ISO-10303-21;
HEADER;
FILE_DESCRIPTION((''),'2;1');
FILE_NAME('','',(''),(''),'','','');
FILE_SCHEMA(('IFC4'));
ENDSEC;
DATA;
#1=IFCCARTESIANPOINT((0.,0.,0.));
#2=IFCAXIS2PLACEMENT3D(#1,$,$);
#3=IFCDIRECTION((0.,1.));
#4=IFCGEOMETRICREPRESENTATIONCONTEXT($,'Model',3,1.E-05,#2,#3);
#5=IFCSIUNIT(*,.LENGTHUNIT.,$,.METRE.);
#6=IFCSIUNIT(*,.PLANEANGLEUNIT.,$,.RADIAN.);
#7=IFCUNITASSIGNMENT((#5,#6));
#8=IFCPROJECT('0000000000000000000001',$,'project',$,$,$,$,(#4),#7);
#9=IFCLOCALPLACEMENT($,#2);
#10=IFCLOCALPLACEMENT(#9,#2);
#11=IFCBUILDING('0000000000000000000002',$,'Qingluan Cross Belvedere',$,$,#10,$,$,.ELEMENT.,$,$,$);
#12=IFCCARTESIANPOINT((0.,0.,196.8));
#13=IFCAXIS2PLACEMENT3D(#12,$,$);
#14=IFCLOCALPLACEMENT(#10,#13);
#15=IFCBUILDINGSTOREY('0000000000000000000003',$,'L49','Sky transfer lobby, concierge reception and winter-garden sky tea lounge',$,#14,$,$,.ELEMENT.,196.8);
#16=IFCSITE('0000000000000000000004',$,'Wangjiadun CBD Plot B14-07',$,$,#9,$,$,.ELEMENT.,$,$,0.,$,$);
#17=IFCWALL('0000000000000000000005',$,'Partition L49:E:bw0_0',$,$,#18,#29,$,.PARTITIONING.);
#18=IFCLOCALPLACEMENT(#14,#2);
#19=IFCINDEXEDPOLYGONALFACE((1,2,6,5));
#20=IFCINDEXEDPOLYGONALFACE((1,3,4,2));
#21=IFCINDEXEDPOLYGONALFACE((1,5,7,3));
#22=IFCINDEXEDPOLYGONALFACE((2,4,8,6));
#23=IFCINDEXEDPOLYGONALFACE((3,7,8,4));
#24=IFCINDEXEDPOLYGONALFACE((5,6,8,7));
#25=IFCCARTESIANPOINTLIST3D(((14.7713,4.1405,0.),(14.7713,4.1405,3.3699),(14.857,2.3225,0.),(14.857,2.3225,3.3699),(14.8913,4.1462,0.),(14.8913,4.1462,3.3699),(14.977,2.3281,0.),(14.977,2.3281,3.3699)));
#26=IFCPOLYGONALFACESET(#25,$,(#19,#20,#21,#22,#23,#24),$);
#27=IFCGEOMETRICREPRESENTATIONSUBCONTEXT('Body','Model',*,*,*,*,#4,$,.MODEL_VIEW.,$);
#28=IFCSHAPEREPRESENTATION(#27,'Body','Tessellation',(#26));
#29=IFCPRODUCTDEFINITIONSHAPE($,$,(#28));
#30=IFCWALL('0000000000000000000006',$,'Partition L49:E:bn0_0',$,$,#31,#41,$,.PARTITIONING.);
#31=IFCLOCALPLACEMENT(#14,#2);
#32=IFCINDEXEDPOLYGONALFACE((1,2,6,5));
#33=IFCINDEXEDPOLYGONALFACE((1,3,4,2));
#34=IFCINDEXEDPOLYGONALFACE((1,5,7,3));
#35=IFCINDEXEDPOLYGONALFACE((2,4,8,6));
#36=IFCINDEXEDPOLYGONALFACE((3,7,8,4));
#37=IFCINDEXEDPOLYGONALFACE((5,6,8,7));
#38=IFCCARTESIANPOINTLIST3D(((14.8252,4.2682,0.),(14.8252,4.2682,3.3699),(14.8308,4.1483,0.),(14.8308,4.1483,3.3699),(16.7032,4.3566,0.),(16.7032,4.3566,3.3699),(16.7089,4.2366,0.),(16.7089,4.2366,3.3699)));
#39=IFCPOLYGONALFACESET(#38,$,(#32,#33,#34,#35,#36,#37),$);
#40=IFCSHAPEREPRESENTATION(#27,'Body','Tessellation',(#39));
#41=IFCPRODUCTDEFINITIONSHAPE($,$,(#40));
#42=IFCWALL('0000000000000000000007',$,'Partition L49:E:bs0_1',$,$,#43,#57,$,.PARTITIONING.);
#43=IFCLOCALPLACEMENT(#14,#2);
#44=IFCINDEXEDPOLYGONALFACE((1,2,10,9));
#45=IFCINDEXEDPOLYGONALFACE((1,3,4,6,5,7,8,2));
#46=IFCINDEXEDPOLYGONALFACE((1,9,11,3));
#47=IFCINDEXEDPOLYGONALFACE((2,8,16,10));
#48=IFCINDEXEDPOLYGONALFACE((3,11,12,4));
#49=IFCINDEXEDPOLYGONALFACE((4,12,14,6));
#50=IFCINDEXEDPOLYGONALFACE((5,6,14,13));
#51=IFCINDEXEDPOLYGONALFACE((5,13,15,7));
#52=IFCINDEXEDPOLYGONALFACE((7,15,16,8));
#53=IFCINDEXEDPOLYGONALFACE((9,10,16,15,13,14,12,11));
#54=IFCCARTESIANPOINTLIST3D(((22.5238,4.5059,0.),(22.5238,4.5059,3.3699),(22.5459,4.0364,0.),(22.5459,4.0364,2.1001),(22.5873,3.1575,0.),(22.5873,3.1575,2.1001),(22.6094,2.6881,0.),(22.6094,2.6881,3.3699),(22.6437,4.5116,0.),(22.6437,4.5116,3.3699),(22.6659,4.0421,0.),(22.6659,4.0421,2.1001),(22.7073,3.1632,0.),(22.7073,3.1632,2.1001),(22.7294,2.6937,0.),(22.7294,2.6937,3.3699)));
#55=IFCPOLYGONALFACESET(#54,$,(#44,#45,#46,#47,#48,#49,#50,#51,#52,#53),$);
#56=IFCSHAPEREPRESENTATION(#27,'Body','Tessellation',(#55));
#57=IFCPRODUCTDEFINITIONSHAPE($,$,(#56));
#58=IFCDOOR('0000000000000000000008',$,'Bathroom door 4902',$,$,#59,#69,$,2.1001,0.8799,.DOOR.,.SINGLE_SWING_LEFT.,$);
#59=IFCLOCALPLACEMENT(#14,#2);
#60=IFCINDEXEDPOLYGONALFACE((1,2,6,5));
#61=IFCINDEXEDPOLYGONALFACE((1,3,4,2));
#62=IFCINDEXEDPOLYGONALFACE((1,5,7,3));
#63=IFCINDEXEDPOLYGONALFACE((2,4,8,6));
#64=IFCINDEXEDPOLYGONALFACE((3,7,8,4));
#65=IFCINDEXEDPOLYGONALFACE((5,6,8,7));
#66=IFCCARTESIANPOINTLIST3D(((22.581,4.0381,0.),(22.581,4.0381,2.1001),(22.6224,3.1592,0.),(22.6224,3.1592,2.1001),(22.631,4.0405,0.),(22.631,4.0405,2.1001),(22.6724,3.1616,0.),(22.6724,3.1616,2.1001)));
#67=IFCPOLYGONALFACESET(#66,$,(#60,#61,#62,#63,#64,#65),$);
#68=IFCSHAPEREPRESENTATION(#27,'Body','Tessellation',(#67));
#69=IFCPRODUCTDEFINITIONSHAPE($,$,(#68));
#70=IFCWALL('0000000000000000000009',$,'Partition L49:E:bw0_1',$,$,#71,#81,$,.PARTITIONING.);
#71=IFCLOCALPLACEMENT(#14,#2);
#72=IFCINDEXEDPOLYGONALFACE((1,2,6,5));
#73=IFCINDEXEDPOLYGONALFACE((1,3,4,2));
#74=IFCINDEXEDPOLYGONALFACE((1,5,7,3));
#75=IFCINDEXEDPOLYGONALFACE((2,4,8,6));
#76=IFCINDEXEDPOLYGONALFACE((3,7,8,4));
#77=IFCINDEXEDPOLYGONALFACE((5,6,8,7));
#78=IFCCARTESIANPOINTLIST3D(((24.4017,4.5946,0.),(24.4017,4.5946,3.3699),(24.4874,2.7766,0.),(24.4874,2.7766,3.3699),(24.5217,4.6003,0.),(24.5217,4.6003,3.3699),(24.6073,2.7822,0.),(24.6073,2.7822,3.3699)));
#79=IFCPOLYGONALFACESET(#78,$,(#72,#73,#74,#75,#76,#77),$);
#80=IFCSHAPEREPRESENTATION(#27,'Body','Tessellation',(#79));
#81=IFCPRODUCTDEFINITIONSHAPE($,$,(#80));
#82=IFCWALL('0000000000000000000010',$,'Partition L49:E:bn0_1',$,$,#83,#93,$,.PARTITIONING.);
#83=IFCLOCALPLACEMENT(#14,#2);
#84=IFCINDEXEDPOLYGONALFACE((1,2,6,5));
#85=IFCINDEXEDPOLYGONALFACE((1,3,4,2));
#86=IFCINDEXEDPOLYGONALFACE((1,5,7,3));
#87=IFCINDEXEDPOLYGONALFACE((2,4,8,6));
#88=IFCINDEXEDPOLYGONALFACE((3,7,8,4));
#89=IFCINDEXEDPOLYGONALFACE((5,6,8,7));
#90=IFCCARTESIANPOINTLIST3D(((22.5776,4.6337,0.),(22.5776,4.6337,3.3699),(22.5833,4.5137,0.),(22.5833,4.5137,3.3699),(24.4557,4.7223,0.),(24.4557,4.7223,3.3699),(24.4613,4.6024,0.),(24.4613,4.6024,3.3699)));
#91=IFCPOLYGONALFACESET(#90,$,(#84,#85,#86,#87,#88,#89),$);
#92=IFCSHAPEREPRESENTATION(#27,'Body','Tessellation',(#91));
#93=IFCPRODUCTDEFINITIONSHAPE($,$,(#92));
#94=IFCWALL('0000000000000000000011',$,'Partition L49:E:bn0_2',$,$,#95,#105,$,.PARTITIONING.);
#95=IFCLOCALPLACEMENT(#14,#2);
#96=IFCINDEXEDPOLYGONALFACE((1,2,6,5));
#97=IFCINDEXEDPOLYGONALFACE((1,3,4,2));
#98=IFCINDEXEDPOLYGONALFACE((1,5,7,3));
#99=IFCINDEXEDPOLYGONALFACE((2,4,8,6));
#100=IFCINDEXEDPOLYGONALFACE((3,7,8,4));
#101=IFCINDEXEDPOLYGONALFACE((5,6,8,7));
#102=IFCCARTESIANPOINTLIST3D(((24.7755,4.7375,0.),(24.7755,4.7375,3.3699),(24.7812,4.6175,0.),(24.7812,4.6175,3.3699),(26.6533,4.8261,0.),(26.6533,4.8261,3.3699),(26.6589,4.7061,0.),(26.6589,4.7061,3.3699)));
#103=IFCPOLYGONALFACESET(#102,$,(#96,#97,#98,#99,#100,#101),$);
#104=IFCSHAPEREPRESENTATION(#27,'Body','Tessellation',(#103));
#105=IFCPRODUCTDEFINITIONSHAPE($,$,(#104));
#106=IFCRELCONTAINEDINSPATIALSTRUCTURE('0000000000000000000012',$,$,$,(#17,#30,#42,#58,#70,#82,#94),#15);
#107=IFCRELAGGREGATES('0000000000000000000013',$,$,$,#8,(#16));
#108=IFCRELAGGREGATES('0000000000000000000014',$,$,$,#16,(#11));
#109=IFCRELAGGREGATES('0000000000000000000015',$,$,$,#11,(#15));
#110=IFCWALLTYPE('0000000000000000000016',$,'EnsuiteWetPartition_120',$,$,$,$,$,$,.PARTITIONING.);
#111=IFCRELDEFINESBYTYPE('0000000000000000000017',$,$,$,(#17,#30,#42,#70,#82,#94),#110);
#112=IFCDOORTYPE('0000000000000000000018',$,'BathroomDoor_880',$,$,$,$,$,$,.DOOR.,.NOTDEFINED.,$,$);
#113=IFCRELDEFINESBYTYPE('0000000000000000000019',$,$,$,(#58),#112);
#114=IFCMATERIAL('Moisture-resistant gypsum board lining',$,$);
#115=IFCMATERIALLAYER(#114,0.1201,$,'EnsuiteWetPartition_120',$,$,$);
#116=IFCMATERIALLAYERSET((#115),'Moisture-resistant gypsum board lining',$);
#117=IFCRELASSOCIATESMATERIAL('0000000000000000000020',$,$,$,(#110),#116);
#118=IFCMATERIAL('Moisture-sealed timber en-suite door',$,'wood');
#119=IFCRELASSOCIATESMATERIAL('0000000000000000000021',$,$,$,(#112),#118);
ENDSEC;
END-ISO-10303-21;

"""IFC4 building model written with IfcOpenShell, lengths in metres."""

from ifc_helpers import new_model, si_unit, direction, frame, frame_2d, origin, place, context, subcontext, project, spatial, rectangle, extrude, material, layer, layer_set, type_object, element, fill, save


model = new_model("IFC4")

# Units and contexts
model_context = context("Model", 3, precision=1e-05, world=origin(), true_north=direction((0.0, 1.0)))
body_context = subcontext(model_context, "Body", "Model", "MODEL_VIEW")
ifc_project = project(units=[si_unit("LENGTHUNIT", "METRE"), si_unit("PLANEANGLEUNIT", "RADIAN")], contexts=[model_context])

# Site, building, storey
site_placement = place(None, origin())
site = spatial("IfcSite", under=ifc_project, at=site_placement, Name="Wangjiadun CBD Plot B14-07", CompositionType="ELEMENT", RefElevation=0.0)
building_placement = place(site_placement, origin())
building = spatial("IfcBuilding", under=site, at=building_placement, Name="Qingluan Cross Belvedere", CompositionType="ELEMENT")
storey_placement = place(building_placement, frame((0.0, 0.0, 196.8)))
storey = spatial("IfcBuildingStorey", under=building, at=storey_placement, Name="L49", Description="Sky transfer lobby, concierge reception and winter-garden sky tea lounge", CompositionType="ELEMENT", Elevation=196.8)

# Shared definitions
ifc_material_1 = material(Name="Moisture-resistant gypsum board lining")
ifc_layer_1 = layer(ifc_material_1, 0.1201, Name="EnsuiteWetPartition_120")
ifc_layer_set_1 = layer_set([ifc_layer_1], Name="Moisture-resistant gypsum board lining")
wall_type_1 = type_object("IfcWallType", Name="EnsuiteWetPartition_120", PredefinedType="PARTITIONING", material=ifc_layer_set_1)
ifc_material_2 = material(Name="Moisture-sealed timber en-suite door", Category="wood")
door_type_1 = type_object("IfcDoorType", Name="BathroomDoor_880", OperationType="NOTDEFINED", PredefinedType="DOOR", material=ifc_material_2)

# Walls
wall_1_placement = place(storey_placement, frame((14.917, 2.3252, 0.0), z_axis=(0.0, 0.0, 1.0), x_axis=(-0.047081, 0.998891, 0.0)))
element("IfcWall", 1, at=wall_1_placement, inside=storey, type_object=wall_type_1, Name="Partition L49:E:bw0_0", PredefinedType="PARTITIONING", context=body_context, shape_type="SweptSolid", body=[
    extrude(rectangle(XDim=1.8201, YDim=0.1201, at=frame_2d((0.9102, 0.0))), origin(), (0.0, 0.0, 1.0), 3.3699),
])
wall_2_placement = place(storey_placement, frame((14.8281, 4.2083, 0.0), z_axis=(0.0, 0.0, 1.0), x_axis=(0.998894, 0.04701, 0.0)))
element("IfcWall", 2, at=wall_2_placement, inside=storey, type_object=wall_type_1, Name="Partition L49:E:bn0_0", PredefinedType="PARTITIONING", context=body_context, shape_type="SweptSolid", body=[
    extrude(rectangle(XDim=1.8801, YDim=0.1201, at=frame_2d((0.9399, 0.0))), origin(), (0.0, 0.0, 1.0), 3.3699),
])

# Wall, opening, door
wall_3_placement = place(storey_placement, frame((22.6694, 2.6909, 0.0), z_axis=(0.0, 0.0, 1.0), x_axis=(-0.047087, 0.998891, 0.0)))
wall_3 = element("IfcWall", 3, at=wall_3_placement, inside=storey, type_object=wall_type_1, Name="Partition L49:E:bs0_1", PredefinedType="PARTITIONING", context=body_context, shape_type="SweptSolid", body=[
    extrude(rectangle(XDim=1.8198, YDim=0.1201, at=frame_2d((0.9099, 0.0))), origin(), (0.0, 0.0, 1.0), 3.3699),
])
opening_1_placement = place(wall_3_placement, frame((0.47, 0.0, 0.0)))
opening_1 = element("IfcOpeningElement", 4, at=opening_1_placement, cuts=wall_3, PredefinedType="OPENING", context=body_context, shape_type="SweptSolid", body=[
    extrude(rectangle(XDim=0.8799, YDim=2.1001, at=frame_2d((0.4399, 1.05))), frame((0.0, 0.0701, 0.0), z_axis=(0.0, -1.0, 0.0), x_axis=(1.0, 0.0, 0.0)), (0.0, 0.0, 1.0), 0.1401),
])
door_1_placement = place(opening_1_placement, origin())
door_1 = element("IfcDoor", 5, at=door_1_placement, inside=storey, type_object=door_type_1, Name="Bathroom door 4902", OperationType="SINGLE_SWING_LEFT", OverallHeight=2.1001, OverallWidth=0.8799, PredefinedType="DOOR", context=body_context, shape_type="SweptSolid", body=[
    extrude(rectangle(XDim=0.8799, YDim=2.1001, at=frame_2d((0.4399, 1.05))), frame((0.0, 0.0249, 0.0), z_axis=(0.0, -1.0, 0.0), x_axis=(1.0, 0.0, 0.0)), (0.0, 0.0, 1.0), 0.05),
])
fill(opening_1, door_1)

# Walls
wall_4_placement = place(storey_placement, frame((24.5474, 2.7793, 0.0), z_axis=(0.0, 0.0, 1.0), x_axis=(-0.047081, 0.998891, 0.0)))
element("IfcWall", 6, at=wall_4_placement, inside=storey, type_object=wall_type_1, Name="Partition L49:E:bw0_1", PredefinedType="PARTITIONING", context=body_context, shape_type="SweptSolid", body=[
    extrude(rectangle(XDim=1.8201, YDim=0.1201, at=frame_2d((0.9102, 0.0))), origin(), (0.0, 0.0, 1.0), 3.3699),
])
wall_5_placement = place(storey_placement, frame((22.5806, 4.5737, 0.0), z_axis=(0.0, 0.0, 1.0), x_axis=(0.998888, 0.047139, 0.0)))
element("IfcWall", 7, at=wall_5_placement, inside=storey, type_object=wall_type_1, Name="Partition L49:E:bn0_1", PredefinedType="PARTITIONING", context=body_context, shape_type="SweptSolid", body=[
    extrude(rectangle(XDim=1.8801, YDim=0.1201, at=frame_2d((0.9399, 0.0))), origin(), (0.0, 0.0, 1.0), 3.3699),
])
wall_6_placement = place(storey_placement, frame((24.7783, 4.6775, 0.0), z_axis=(0.0, 0.0, 1.0), x_axis=(0.998888, 0.047146, 0.0)))
element("IfcWall", 8, at=wall_6_placement, inside=storey, type_object=wall_type_1, Name="Partition L49:E:bn0_2", PredefinedType="PARTITIONING", context=body_context, shape_type="SweptSolid", body=[
    extrude(rectangle(XDim=1.8799, YDim=0.1201, at=frame_2d((0.9399, 0.0))), origin(), (0.0, 0.0, 1.0), 3.3699),
])

save(model, "model.ifc")
